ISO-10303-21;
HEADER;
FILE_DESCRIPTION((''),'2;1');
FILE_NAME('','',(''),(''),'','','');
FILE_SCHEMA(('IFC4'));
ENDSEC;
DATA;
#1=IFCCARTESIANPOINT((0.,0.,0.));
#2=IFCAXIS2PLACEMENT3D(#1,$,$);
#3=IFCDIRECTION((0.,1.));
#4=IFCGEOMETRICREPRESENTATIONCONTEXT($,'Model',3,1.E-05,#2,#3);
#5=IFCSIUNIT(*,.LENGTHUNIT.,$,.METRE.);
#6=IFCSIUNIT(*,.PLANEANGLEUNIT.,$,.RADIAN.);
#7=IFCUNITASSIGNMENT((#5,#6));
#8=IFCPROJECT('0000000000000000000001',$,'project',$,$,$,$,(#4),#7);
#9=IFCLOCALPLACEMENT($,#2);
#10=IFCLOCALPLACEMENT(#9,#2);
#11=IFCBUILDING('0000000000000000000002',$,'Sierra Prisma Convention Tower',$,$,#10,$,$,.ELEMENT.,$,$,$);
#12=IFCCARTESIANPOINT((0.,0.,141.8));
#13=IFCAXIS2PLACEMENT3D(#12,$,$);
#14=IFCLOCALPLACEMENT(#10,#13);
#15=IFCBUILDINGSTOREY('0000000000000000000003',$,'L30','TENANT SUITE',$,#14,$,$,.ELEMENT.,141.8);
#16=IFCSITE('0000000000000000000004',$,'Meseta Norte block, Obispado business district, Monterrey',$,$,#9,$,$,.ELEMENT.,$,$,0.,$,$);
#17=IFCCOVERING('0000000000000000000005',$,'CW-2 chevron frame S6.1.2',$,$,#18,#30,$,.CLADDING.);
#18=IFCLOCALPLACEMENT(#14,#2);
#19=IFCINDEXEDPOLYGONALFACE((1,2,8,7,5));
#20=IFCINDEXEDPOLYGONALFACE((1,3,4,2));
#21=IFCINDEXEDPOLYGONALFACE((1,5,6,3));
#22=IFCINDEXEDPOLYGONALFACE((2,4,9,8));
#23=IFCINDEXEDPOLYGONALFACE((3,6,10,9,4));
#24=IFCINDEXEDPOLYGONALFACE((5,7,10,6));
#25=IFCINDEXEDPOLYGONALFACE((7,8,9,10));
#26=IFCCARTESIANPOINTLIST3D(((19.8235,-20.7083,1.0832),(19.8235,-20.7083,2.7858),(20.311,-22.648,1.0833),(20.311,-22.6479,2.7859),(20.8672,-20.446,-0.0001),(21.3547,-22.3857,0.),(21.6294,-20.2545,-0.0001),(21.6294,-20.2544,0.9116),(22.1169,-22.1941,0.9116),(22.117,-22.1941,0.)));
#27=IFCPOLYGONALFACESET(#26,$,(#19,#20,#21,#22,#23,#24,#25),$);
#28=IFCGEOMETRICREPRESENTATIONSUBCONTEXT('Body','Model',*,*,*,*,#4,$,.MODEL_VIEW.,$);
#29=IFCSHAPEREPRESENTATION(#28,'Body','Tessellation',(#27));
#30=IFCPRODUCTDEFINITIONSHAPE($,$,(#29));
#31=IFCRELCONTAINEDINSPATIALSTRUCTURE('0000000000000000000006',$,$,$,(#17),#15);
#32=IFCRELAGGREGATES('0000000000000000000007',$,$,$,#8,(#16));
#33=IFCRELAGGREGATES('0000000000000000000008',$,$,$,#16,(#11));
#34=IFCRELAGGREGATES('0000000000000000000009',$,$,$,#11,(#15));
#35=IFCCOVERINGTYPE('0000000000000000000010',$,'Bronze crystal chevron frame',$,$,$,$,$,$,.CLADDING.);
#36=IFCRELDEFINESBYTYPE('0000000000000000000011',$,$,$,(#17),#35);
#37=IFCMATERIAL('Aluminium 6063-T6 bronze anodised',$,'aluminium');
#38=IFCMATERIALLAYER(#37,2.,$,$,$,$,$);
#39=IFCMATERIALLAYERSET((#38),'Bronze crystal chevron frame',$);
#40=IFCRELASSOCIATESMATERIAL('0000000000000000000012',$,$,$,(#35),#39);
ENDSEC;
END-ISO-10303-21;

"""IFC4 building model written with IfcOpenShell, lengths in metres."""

from ifc_helpers import new_model, si_unit, direction, frame, origin, place, context, subcontext, project, spatial, polyline, outline, extrude, material, layer, layer_set, type_object, element, save


model = new_model("IFC4")

# Units and contexts
model_context = context("Model", 3, precision=1e-05, world=origin(), true_north=direction((0.0, 1.0)))
body_context = subcontext(model_context, "Body", "Model", "MODEL_VIEW")
ifc_project = project(units=[si_unit("LENGTHUNIT", "METRE"), si_unit("PLANEANGLEUNIT", "RADIAN")], contexts=[model_context])

# Site, building, storey
site_placement = place(None, origin())
site = spatial("IfcSite", under=ifc_project, at=site_placement, Name="Meseta Norte block, Obispado business district, Monterrey", CompositionType="ELEMENT", RefElevation=0.0)
building_placement = place(site_placement, origin())
building = spatial("IfcBuilding", under=site, at=building_placement, Name="Sierra Prisma Convention Tower", CompositionType="ELEMENT")
storey_placement = place(building_placement, frame((0.0, 0.0, 141.8)))
storey = spatial("IfcBuildingStorey", under=building, at=storey_placement, Name="L30", Description="TENANT SUITE", CompositionType="ELEMENT", Elevation=141.8)

# Covering
ifc_material_1 = material(Name="Aluminium 6063-T6 bronze anodised", Category="aluminium")
ifc_layer_1 = layer(ifc_material_1, 2.0)
ifc_layer_set_1 = layer_set([ifc_layer_1], Name="Bronze crystal chevron frame")
covering_type = type_object("IfcCoveringType", Name="Bronze crystal chevron frame", PredefinedType="CLADDING", material=ifc_layer_set_1)
covering_1_placement = place(storey_placement, frame((20.311, -22.6479, 2.7859), z_axis=(0.243755, -0.969837, 0.00003), x_axis=(0.000007, -0.000029, -1.0)))
element("IfcCovering", 1, at=covering_1_placement, inside=storey, type_object=covering_type, Name="CW-2 chevron frame S6.1.2", PredefinedType="CLADDING", context=body_context, shape_type="SweptSolid", body=[
    extrude(outline(polyline([(0.0, 0.0), (1.7026, 0.0), (2.7859, 1.0761), (2.7859, 1.8621), (1.8743, 1.8621), (0.0, 0.0)])), origin(), (0.0, 0.0, -1.0), 2.0),
])

save(model, "model.ifc")
